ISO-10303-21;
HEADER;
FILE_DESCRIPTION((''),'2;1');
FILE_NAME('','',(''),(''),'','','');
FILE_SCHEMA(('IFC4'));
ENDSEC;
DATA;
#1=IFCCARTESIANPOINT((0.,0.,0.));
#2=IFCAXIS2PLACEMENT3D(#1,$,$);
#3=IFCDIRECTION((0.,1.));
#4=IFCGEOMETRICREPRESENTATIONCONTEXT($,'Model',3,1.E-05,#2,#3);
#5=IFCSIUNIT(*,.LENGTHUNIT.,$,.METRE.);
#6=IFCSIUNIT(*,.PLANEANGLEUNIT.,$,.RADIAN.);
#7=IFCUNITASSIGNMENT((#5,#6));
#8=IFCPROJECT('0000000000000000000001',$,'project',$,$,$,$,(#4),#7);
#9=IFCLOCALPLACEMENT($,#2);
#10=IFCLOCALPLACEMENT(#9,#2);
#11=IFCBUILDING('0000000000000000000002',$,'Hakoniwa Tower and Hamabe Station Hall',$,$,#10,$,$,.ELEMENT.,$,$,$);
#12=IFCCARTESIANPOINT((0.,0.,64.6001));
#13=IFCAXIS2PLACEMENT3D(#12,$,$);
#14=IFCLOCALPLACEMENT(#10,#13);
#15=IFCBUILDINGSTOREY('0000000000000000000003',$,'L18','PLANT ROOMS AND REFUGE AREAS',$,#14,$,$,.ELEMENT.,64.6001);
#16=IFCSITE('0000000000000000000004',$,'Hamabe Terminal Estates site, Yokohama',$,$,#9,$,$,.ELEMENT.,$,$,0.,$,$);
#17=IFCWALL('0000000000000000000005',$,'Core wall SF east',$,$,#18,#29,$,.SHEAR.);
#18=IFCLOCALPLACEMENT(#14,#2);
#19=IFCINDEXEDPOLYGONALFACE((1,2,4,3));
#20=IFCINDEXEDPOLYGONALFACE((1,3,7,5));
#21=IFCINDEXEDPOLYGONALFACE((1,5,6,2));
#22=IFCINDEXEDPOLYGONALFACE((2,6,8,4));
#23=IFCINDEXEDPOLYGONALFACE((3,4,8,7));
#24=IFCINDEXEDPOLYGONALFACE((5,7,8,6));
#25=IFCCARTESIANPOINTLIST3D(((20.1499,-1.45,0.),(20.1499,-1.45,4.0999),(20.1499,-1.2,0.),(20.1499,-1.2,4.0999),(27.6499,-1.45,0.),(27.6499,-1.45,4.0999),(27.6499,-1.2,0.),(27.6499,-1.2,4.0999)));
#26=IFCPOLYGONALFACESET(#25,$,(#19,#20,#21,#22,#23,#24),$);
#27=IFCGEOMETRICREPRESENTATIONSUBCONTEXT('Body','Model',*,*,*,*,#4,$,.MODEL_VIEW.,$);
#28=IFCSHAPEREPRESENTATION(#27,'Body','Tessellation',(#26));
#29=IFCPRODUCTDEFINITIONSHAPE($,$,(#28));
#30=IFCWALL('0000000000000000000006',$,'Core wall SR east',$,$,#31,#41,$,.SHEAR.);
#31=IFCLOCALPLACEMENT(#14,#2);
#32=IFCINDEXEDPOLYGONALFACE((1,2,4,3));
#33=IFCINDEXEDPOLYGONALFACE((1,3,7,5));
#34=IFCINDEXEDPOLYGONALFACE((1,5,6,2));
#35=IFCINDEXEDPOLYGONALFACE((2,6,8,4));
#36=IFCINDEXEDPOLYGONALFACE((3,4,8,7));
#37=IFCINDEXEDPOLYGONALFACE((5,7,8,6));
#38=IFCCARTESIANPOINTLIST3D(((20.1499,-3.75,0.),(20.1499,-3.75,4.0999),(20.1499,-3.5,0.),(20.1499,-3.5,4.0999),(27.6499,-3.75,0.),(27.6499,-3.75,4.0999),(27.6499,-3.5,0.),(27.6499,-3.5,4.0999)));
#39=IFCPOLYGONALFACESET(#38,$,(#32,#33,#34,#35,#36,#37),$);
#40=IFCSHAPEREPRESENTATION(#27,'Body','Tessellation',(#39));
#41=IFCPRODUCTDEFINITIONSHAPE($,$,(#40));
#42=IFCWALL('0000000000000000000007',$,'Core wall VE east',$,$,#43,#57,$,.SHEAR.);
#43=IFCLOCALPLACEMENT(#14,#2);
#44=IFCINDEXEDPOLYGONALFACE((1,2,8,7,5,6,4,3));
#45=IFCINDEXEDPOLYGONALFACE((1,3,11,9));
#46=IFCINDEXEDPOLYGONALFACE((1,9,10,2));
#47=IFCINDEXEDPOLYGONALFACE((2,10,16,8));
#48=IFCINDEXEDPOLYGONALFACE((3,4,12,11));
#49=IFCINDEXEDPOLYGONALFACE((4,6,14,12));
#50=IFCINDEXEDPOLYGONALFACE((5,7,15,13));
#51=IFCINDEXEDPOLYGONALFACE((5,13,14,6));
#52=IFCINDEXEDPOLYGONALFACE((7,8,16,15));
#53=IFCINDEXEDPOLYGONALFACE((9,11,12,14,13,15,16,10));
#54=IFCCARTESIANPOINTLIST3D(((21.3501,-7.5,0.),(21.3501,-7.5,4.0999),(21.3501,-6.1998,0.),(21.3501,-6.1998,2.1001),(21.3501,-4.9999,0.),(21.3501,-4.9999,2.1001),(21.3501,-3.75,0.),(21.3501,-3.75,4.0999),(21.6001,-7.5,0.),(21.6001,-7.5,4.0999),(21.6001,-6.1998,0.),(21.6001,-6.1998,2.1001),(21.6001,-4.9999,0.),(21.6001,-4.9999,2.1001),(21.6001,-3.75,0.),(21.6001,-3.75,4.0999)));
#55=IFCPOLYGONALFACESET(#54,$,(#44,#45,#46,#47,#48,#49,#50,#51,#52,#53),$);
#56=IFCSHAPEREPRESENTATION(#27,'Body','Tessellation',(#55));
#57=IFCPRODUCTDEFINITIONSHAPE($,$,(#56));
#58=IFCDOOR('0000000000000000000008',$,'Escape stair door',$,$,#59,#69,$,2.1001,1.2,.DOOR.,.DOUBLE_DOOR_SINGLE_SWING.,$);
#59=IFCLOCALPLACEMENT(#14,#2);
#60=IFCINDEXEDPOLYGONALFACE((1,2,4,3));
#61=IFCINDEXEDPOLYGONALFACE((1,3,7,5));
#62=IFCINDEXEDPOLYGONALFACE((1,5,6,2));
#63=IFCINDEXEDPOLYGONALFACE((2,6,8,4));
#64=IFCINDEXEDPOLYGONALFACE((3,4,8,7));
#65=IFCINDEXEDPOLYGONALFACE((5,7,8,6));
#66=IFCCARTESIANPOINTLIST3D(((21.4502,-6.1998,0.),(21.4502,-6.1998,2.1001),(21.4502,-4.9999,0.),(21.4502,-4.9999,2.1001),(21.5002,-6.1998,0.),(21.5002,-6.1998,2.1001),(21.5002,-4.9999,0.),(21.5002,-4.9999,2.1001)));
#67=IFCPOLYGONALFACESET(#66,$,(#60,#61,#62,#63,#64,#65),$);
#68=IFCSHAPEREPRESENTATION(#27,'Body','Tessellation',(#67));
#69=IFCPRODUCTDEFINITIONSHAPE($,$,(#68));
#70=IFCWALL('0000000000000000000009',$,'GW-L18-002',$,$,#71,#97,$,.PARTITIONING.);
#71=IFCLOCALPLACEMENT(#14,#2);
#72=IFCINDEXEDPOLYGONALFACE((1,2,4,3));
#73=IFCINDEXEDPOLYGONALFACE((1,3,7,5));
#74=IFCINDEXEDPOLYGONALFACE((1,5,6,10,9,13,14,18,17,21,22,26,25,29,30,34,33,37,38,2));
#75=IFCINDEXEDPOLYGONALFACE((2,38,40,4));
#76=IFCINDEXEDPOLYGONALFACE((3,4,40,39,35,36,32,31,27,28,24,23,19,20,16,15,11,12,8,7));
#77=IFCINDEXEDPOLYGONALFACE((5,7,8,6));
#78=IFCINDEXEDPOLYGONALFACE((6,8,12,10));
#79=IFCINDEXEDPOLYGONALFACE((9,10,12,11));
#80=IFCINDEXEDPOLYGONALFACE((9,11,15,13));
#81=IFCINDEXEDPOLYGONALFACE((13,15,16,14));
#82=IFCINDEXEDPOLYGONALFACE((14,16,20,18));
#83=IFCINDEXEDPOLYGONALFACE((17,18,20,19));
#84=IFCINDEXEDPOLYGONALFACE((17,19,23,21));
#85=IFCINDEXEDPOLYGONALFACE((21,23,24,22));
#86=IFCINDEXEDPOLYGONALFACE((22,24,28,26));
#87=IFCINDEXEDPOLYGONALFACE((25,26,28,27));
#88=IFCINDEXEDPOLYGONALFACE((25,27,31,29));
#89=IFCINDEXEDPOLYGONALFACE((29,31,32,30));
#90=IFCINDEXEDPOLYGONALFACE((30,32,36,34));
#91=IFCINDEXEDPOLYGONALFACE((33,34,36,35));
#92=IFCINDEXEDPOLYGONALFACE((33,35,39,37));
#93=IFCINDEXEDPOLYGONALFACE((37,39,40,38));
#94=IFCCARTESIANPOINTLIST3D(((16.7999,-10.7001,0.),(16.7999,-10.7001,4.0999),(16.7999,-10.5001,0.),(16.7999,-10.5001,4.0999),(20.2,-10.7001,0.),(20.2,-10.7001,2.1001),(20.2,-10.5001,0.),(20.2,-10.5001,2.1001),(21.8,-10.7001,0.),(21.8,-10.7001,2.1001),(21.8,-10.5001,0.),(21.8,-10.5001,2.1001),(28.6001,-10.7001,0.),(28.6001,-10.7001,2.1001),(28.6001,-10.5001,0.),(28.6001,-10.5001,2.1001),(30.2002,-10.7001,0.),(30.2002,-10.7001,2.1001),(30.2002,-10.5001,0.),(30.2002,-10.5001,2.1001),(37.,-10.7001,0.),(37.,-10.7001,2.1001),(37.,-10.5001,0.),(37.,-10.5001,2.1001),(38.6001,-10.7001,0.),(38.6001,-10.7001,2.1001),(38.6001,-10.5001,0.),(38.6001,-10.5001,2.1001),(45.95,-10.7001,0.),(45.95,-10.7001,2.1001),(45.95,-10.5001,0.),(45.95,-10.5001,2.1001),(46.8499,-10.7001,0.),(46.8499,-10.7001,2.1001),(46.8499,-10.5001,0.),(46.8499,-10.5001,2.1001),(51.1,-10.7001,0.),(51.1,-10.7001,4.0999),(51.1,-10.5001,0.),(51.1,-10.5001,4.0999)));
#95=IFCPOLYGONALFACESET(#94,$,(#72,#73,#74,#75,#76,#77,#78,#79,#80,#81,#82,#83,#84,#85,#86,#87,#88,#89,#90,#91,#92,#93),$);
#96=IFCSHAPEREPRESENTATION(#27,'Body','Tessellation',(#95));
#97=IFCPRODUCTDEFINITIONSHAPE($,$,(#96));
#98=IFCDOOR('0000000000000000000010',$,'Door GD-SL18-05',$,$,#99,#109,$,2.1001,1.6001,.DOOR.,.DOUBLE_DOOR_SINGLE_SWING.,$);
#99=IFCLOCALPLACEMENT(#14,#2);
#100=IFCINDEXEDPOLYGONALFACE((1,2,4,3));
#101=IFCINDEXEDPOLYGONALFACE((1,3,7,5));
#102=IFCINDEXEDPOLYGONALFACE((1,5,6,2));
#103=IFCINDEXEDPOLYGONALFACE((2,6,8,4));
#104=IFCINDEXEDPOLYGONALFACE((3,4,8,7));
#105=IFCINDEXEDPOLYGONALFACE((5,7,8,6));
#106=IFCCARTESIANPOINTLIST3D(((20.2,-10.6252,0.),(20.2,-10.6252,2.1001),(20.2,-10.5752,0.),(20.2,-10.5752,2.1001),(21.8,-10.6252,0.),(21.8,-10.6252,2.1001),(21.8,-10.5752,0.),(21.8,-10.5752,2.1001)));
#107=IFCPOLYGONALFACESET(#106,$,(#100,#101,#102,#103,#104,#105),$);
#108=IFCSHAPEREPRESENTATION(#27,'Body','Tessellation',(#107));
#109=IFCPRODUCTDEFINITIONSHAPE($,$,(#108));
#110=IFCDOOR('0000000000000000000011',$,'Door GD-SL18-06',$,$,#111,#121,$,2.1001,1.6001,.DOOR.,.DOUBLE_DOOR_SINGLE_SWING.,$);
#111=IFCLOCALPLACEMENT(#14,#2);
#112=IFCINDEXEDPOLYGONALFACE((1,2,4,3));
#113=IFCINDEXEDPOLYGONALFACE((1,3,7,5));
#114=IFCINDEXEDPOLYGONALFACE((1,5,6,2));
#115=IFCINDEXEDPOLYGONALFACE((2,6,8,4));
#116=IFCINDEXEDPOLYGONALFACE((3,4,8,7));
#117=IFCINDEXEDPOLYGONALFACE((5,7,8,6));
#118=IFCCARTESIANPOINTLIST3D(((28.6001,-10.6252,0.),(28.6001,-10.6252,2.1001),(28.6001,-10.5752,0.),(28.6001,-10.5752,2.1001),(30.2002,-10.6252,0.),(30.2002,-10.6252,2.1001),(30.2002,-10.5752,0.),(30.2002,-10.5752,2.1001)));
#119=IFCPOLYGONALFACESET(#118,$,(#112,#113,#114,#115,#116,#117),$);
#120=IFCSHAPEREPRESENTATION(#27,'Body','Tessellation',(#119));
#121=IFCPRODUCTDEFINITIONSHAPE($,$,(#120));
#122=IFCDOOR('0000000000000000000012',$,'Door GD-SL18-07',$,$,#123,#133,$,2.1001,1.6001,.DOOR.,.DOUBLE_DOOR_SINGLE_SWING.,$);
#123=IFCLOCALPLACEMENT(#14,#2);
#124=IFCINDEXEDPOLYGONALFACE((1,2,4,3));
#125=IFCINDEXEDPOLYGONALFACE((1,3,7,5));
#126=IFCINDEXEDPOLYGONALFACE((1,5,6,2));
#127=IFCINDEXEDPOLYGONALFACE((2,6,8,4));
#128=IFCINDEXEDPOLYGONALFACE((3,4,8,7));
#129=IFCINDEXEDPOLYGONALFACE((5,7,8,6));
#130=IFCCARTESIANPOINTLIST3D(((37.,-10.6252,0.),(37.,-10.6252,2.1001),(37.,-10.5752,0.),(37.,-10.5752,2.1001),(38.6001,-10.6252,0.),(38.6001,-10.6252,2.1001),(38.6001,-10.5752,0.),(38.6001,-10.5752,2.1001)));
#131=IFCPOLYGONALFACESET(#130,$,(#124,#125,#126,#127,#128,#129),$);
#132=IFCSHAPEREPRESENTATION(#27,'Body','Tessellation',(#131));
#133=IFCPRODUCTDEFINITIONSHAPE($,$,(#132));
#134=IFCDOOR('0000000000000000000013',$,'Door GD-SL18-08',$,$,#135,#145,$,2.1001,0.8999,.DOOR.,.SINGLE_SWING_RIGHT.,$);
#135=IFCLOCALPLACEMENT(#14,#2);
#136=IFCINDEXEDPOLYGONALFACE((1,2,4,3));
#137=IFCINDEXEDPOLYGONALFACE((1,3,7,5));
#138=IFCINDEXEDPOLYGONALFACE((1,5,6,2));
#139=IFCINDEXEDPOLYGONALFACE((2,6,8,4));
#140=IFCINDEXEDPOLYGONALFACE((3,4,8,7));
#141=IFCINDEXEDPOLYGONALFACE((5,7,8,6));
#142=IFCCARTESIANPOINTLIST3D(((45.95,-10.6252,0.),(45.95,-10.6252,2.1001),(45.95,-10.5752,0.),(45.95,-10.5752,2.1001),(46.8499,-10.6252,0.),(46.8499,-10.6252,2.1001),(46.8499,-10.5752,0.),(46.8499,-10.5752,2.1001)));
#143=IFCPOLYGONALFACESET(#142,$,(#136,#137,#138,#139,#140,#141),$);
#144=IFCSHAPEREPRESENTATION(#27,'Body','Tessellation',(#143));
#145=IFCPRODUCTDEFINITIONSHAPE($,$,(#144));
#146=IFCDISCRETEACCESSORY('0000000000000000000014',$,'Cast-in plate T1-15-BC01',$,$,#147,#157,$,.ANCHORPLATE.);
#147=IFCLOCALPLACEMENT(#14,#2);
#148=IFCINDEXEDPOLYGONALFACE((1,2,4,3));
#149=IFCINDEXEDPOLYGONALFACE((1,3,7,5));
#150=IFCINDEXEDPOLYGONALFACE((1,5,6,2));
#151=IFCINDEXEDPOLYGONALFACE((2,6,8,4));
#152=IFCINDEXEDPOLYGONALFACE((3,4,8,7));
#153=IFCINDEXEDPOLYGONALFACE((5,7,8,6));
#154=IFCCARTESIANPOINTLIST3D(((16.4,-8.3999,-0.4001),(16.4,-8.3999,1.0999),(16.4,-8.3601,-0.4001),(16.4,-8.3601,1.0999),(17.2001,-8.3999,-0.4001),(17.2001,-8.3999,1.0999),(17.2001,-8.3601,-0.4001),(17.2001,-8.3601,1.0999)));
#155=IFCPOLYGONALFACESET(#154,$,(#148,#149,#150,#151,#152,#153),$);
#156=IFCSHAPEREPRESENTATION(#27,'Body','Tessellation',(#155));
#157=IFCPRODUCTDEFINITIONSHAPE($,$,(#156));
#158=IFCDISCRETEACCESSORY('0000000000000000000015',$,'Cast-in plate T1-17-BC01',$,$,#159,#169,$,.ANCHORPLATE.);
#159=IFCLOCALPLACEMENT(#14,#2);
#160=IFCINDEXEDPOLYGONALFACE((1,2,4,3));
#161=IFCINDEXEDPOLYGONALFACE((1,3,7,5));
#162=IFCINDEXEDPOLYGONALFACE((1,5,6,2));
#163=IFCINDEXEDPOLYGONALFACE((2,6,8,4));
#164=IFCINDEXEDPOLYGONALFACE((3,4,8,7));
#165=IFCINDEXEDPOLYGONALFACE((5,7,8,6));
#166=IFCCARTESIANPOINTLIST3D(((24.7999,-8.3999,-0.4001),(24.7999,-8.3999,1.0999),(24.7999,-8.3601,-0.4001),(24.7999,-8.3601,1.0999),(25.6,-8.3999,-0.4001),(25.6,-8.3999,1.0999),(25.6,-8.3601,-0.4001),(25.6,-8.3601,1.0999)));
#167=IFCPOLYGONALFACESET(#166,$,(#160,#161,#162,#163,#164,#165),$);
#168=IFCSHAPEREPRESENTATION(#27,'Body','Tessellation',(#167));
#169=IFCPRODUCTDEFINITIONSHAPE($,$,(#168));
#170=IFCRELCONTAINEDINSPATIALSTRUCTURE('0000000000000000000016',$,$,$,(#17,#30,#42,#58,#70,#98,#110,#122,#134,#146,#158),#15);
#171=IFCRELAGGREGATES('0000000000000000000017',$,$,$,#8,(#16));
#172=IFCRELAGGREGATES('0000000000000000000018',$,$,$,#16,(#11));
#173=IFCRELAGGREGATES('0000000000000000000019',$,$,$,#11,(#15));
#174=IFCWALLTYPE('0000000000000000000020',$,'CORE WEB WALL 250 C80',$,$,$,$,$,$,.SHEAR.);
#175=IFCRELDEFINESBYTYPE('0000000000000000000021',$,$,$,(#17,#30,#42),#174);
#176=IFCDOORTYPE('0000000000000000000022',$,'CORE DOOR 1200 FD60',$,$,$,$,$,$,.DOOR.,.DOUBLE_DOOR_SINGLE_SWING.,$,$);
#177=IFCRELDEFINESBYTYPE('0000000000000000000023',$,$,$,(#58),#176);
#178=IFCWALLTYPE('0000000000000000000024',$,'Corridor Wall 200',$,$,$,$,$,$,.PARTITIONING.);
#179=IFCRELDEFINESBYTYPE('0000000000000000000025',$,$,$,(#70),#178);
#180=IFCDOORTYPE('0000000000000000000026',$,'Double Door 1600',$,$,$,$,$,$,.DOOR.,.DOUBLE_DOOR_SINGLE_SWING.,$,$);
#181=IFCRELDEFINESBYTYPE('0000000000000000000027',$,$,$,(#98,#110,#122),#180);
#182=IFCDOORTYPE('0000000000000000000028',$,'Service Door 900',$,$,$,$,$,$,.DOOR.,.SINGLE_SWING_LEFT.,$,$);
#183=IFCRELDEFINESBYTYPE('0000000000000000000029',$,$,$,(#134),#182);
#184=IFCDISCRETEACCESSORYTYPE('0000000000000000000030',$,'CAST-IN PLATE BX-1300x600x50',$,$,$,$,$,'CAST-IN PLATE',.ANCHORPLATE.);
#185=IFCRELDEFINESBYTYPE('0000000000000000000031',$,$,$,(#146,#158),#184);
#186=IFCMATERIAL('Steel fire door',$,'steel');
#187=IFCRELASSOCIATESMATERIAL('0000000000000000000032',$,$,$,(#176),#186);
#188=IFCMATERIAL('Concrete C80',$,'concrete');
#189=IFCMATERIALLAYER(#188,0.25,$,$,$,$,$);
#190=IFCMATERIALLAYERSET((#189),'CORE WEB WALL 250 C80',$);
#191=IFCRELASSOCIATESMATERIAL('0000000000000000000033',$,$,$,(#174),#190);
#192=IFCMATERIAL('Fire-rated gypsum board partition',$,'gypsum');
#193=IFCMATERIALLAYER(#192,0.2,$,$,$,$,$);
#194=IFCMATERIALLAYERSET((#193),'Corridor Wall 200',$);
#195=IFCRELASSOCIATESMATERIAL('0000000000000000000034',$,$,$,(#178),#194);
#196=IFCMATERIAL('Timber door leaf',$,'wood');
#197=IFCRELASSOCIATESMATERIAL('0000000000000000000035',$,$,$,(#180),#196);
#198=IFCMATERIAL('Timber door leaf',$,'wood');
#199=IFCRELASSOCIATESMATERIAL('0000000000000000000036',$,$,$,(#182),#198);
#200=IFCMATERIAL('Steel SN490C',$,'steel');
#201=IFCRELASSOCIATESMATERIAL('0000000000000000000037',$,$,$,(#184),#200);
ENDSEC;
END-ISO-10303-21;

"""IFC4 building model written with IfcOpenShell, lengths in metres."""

from ifc_helpers import new_model, si_unit, direction, frame, frame_2d, origin, origin_2d, place, context, subcontext, project, spatial, rectangle, extrude, material, layer, layer_set, material_profile, profile_set, type_object, element, fill, save


model = new_model("IFC4")

# Units and contexts
model_context = context("Model", 3, precision=1e-05, world=origin(), true_north=direction((0.0, 1.0)))
body_context = subcontext(model_context, "Body", "Model", "MODEL_VIEW")
ifc_project = project(units=[si_unit("LENGTHUNIT", "METRE"), si_unit("PLANEANGLEUNIT", "RADIAN")], contexts=[model_context])

# Site, building, storey
site_placement = place(None, origin())
site = spatial("IfcSite", under=ifc_project, at=site_placement, Name="Hamabe Terminal Estates site, Yokohama", CompositionType="ELEMENT", RefElevation=0.0)
building_placement = place(site_placement, origin())
building = spatial("IfcBuilding", under=site, at=building_placement, Name="Hakoniwa Tower and Hamabe Station Hall", CompositionType="ELEMENT")
storey_placement = place(building_placement, frame((0.0, 0.0, 64.6001)))
storey = spatial("IfcBuildingStorey", under=building, at=storey_placement, Name="L18", Description="PLANT ROOMS AND REFUGE AREAS", CompositionType="ELEMENT", Elevation=64.6001)

# Shared definitions
ifc_material_1 = material(Name="Steel fire door", Category="steel")
door_type_1 = type_object("IfcDoorType", Name="CORE DOOR 1200 FD60", OperationType="DOUBLE_DOOR_SINGLE_SWING", PredefinedType="DOOR", material=ifc_material_1)
ifc_material_2 = material(Name="Concrete C80", Category="concrete")
ifc_layer_1 = layer(ifc_material_2, 0.25)
ifc_layer_set_1 = layer_set([ifc_layer_1], Name="CORE WEB WALL 250 C80")
wall_type_1 = type_object("IfcWallType", Name="CORE WEB WALL 250 C80", PredefinedType="SHEAR", material=ifc_layer_set_1)

# Walls
for number, where, z_axis, x_axis, name in (
    (1, (20.1499, -1.325, 0.0), (0.0, 0.0, 1.0), (1.0, 0.0, 0.0), "Core wall SF east"),
    (2, (20.1499, -3.625, 0.0), (0.0, 0.0, 1.0), (1.0, 0.0, 0.0), "Core wall SR east"),
):
    element("IfcWall", number, at=place(storey_placement, frame(where, z_axis=z_axis, x_axis=x_axis)), inside=storey, type_object=wall_type_1, Name=name, PredefinedType="SHEAR", context=body_context, shape_type="SweptSolid", body=[
        extrude(rectangle(XDim=7.5, YDim=0.25, at=frame_2d((3.75, 0.0))), origin(), (0.0, 0.0, 1.0), 4.0999),
    ])

# Wall, opening, door
wall_1_placement = place(storey_placement, frame((21.4751, -7.5, 0.0), z_axis=(0.0, 0.0, 1.0), x_axis=(0.0, 1.0, 0.0)))
wall_1 = element("IfcWall", 3, at=wall_1_placement, inside=storey, type_object=wall_type_1, Name="Core wall VE east", PredefinedType="SHEAR", context=body_context, shape_type="SweptSolid", body=[
    extrude(rectangle(XDim=3.75, YDim=0.25, at=frame_2d((1.875, 0.0))), origin(), (0.0, 0.0, 1.0), 4.0999),
])
opening_1_placement = place(wall_1_placement, frame((1.3, 0.0, 0.0)))
opening_1 = element("IfcOpeningElement", 4, at=opening_1_placement, cuts=wall_1, PredefinedType="OPENING", context=body_context, shape_type="SweptSolid", body=[
    extrude(rectangle(XDim=1.2, YDim=2.1001, at=frame_2d((0.6001, 1.05))), frame((0.0, 0.135, 0.0), z_axis=(0.0, -1.0, 0.0), x_axis=(1.0, 0.0, 0.0)), (0.0, 0.0, 1.0), 0.27),
])
door_1_placement = place(opening_1_placement, origin())
door_1 = element("IfcDoor", 5, at=door_1_placement, inside=storey, type_object=door_type_1, Name="Escape stair door", OperationType="DOUBLE_DOOR_SINGLE_SWING", OverallHeight=2.1001, OverallWidth=1.2, PredefinedType="DOOR", context=body_context, shape_type="SweptSolid", body=[
    extrude(rectangle(XDim=1.2, YDim=2.1001, at=frame_2d((0.6001, 1.05))), frame((0.0, 0.0249, 0.0), z_axis=(0.0, -1.0, 0.0), x_axis=(1.0, 0.0, 0.0)), (0.0, 0.0, 1.0), 0.05),
])
fill(opening_1, door_1)

# Wall, openings, doors
ifc_material_3 = material(Name="Fire-rated gypsum board partition", Category="gypsum")
ifc_layer_2 = layer(ifc_material_3, 0.2)
ifc_layer_set_2 = layer_set([ifc_layer_2], Name="Corridor Wall 200")
wall_type_2 = type_object("IfcWallType", Name="Corridor Wall 200", PredefinedType="PARTITIONING", material=ifc_layer_set_2)
wall_2_placement = place(storey_placement, frame((16.8, -10.6001, 0.0), z_axis=(0.0, 0.0, 1.0), x_axis=(1.0, 0.0, 0.0)))
wall_2 = element("IfcWall", 6, at=wall_2_placement, inside=storey, type_object=wall_type_2, Name="GW-L18-002", PredefinedType="PARTITIONING", context=body_context, shape_type="SweptSolid", body=[
    extrude(rectangle(XDim=34.3, YDim=0.2, at=frame_2d((17.1499, 0.0))), origin(), (0.0, 0.0, 1.0), 4.0999),
])
opening_2_placement = place(wall_2_placement, frame((3.3999, 0.0, 0.0)))
opening_2 = element("IfcOpeningElement", 7, at=opening_2_placement, cuts=wall_2, PredefinedType="OPENING", context=body_context, shape_type="SweptSolid", body=[
    extrude(rectangle(XDim=1.6001, YDim=2.1001, at=frame_2d((0.8, 1.05))), frame((0.0, 0.1099, 0.0), z_axis=(0.0, -1.0, 0.0), x_axis=(1.0, 0.0, 0.0)), (0.0, 0.0, 1.0), 0.22),
])
opening_3_placement = place(wall_2_placement, frame((11.8, 0.0, 0.0)))
opening_3 = element("IfcOpeningElement", 8, at=opening_3_placement, cuts=wall_2, PredefinedType="OPENING", context=body_context, shape_type="SweptSolid", body=[
    extrude(rectangle(XDim=1.6001, YDim=2.1001, at=frame_2d((0.8, 1.05))), frame((0.0, 0.1099, 0.0), z_axis=(0.0, -1.0, 0.0), x_axis=(1.0, 0.0, 0.0)), (0.0, 0.0, 1.0), 0.22),
])
opening_4_placement = place(wall_2_placement, frame((20.2, 0.0, 0.0)))
opening_4 = element("IfcOpeningElement", 9, at=opening_4_placement, cuts=wall_2, PredefinedType="OPENING", context=body_context, shape_type="SweptSolid", body=[
    extrude(rectangle(XDim=1.6001, YDim=2.1001, at=frame_2d((0.8, 1.05))), frame((0.0, 0.1099, 0.0), z_axis=(0.0, -1.0, 0.0), x_axis=(1.0, 0.0, 0.0)), (0.0, 0.0, 1.0), 0.22),
])
opening_5_placement = place(wall_2_placement, frame((29.1499, 0.0, 0.0)))
opening_5 = element("IfcOpeningElement", 10, at=opening_5_placement, cuts=wall_2, PredefinedType="OPENING", context=body_context, shape_type="SweptSolid", body=[
    extrude(rectangle(XDim=0.8999, YDim=2.1001, at=frame_2d((0.45, 1.05))), frame((0.0, 0.1099, 0.0), z_axis=(0.0, -1.0, 0.0), x_axis=(1.0, 0.0, 0.0)), (0.0, 0.0, 1.0), 0.22),
])
ifc_material_4 = material(Name="Timber door leaf", Category="wood")
door_type_2 = type_object("IfcDoorType", Name="Double Door 1600", OperationType="DOUBLE_DOOR_SINGLE_SWING", PredefinedType="DOOR", material=ifc_material_4)
door_2_placement = place(opening_2_placement, origin())
door_2 = element("IfcDoor", 11, at=door_2_placement, inside=storey, type_object=door_type_2, Name="Door GD-SL18-05", OperationType="DOUBLE_DOOR_SINGLE_SWING", OverallHeight=2.1001, OverallWidth=1.6001, PredefinedType="DOOR", context=body_context, shape_type="SweptSolid", body=[
    extrude(rectangle(XDim=1.6001, YDim=2.1001, at=frame_2d((0.8, 1.05))), frame((0.0, 0.0249, 0.0), z_axis=(0.0, -1.0, 0.0), x_axis=(1.0, 0.0, 0.0)), (0.0, 0.0, 1.0), 0.05),
])
fill(opening_2, door_2)
door_3_placement = place(opening_3_placement, origin())
door_3 = element("IfcDoor", 12, at=door_3_placement, inside=storey, type_object=door_type_2, Name="Door GD-SL18-06", OperationType="DOUBLE_DOOR_SINGLE_SWING", OverallHeight=2.1001, OverallWidth=1.6001, PredefinedType="DOOR", context=body_context, shape_type="SweptSolid", body=[
    extrude(rectangle(XDim=1.6001, YDim=2.1001, at=frame_2d((0.8, 1.05))), frame((0.0, 0.0249, 0.0), z_axis=(0.0, -1.0, 0.0), x_axis=(1.0, 0.0, 0.0)), (0.0, 0.0, 1.0), 0.05),
])
fill(opening_3, door_3)
door_4_placement = place(opening_4_placement, origin())
door_4 = element("IfcDoor", 13, at=door_4_placement, inside=storey, type_object=door_type_2, Name="Door GD-SL18-07", OperationType="DOUBLE_DOOR_SINGLE_SWING", OverallHeight=2.1001, OverallWidth=1.6001, PredefinedType="DOOR", context=body_context, shape_type="SweptSolid", body=[
    extrude(rectangle(XDim=1.6001, YDim=2.1001, at=frame_2d((0.8, 1.05))), frame((0.0, 0.0249, 0.0), z_axis=(0.0, -1.0, 0.0), x_axis=(1.0, 0.0, 0.0)), (0.0, 0.0, 1.0), 0.05),
])
fill(opening_4, door_4)
ifc_material_5 = material(Name="Timber door leaf", Category="wood")
door_type_3 = type_object("IfcDoorType", Name="Service Door 900", OperationType="SINGLE_SWING_LEFT", PredefinedType="DOOR", material=ifc_material_5)
door_5_placement = place(opening_5_placement, origin())
door_5 = element("IfcDoor", 14, at=door_5_placement, inside=storey, type_object=door_type_3, Name="Door GD-SL18-08", OperationType="SINGLE_SWING_RIGHT", OverallHeight=2.1001, OverallWidth=0.8999, PredefinedType="DOOR", context=body_context, shape_type="SweptSolid", body=[
    extrude(rectangle(XDim=0.8999, YDim=2.1001, at=frame_2d((0.45, 1.05))), frame((0.0, 0.0249, 0.0), z_axis=(0.0, -1.0, 0.0), x_axis=(1.0, 0.0, 0.0)), (0.0, 0.0, 1.0), 0.05),
])
fill(opening_5, door_5)

# Discrete accessories
ifc_material_6 = material(Name="Steel SN490C", Category="steel")
ifc_material_profile_1 = material_profile(ifc_material_6, rectangle(XDim=0.8, YDim=1.5, at=origin_2d()), Name="CAST-IN PLATE BX-1300x600x50")
ifc_profile_set_1 = profile_set([ifc_material_profile_1], Name="Steel SN490C")
discrete_accessory_type_1 = type_object("IfcDiscreteAccessoryType", Name="CAST-IN PLATE BX-1300x600x50", ElementType="CAST-IN PLATE", PredefinedType="ANCHORPLATE", material=ifc_profile_set_1)
for number, where, z_axis, x_axis, name in (
    (15, (16.8, -8.3601, 0.3499), (0.0, -1.0, 0.0), (1.0, 0.0, 0.0), "Cast-in plate T1-15-BC01"),
    (16, (25.2, -8.3601, 0.3499), (0.0, -1.0, 0.0), (1.0, 0.0, 0.0), "Cast-in plate T1-17-BC01"),
):
    element("IfcDiscreteAccessory", number, at=place(storey_placement, frame(where, z_axis=z_axis, x_axis=x_axis)), inside=storey, type_object=discrete_accessory_type_1, Name=name, PredefinedType="ANCHORPLATE", context=body_context, shape_type="SweptSolid", body=[
        extrude(rectangle(XDim=0.8, YDim=1.5, at=origin_2d()), origin(), (0.0, 0.0, 1.0), 0.0398),
    ])

save(model, "model.ifc")
